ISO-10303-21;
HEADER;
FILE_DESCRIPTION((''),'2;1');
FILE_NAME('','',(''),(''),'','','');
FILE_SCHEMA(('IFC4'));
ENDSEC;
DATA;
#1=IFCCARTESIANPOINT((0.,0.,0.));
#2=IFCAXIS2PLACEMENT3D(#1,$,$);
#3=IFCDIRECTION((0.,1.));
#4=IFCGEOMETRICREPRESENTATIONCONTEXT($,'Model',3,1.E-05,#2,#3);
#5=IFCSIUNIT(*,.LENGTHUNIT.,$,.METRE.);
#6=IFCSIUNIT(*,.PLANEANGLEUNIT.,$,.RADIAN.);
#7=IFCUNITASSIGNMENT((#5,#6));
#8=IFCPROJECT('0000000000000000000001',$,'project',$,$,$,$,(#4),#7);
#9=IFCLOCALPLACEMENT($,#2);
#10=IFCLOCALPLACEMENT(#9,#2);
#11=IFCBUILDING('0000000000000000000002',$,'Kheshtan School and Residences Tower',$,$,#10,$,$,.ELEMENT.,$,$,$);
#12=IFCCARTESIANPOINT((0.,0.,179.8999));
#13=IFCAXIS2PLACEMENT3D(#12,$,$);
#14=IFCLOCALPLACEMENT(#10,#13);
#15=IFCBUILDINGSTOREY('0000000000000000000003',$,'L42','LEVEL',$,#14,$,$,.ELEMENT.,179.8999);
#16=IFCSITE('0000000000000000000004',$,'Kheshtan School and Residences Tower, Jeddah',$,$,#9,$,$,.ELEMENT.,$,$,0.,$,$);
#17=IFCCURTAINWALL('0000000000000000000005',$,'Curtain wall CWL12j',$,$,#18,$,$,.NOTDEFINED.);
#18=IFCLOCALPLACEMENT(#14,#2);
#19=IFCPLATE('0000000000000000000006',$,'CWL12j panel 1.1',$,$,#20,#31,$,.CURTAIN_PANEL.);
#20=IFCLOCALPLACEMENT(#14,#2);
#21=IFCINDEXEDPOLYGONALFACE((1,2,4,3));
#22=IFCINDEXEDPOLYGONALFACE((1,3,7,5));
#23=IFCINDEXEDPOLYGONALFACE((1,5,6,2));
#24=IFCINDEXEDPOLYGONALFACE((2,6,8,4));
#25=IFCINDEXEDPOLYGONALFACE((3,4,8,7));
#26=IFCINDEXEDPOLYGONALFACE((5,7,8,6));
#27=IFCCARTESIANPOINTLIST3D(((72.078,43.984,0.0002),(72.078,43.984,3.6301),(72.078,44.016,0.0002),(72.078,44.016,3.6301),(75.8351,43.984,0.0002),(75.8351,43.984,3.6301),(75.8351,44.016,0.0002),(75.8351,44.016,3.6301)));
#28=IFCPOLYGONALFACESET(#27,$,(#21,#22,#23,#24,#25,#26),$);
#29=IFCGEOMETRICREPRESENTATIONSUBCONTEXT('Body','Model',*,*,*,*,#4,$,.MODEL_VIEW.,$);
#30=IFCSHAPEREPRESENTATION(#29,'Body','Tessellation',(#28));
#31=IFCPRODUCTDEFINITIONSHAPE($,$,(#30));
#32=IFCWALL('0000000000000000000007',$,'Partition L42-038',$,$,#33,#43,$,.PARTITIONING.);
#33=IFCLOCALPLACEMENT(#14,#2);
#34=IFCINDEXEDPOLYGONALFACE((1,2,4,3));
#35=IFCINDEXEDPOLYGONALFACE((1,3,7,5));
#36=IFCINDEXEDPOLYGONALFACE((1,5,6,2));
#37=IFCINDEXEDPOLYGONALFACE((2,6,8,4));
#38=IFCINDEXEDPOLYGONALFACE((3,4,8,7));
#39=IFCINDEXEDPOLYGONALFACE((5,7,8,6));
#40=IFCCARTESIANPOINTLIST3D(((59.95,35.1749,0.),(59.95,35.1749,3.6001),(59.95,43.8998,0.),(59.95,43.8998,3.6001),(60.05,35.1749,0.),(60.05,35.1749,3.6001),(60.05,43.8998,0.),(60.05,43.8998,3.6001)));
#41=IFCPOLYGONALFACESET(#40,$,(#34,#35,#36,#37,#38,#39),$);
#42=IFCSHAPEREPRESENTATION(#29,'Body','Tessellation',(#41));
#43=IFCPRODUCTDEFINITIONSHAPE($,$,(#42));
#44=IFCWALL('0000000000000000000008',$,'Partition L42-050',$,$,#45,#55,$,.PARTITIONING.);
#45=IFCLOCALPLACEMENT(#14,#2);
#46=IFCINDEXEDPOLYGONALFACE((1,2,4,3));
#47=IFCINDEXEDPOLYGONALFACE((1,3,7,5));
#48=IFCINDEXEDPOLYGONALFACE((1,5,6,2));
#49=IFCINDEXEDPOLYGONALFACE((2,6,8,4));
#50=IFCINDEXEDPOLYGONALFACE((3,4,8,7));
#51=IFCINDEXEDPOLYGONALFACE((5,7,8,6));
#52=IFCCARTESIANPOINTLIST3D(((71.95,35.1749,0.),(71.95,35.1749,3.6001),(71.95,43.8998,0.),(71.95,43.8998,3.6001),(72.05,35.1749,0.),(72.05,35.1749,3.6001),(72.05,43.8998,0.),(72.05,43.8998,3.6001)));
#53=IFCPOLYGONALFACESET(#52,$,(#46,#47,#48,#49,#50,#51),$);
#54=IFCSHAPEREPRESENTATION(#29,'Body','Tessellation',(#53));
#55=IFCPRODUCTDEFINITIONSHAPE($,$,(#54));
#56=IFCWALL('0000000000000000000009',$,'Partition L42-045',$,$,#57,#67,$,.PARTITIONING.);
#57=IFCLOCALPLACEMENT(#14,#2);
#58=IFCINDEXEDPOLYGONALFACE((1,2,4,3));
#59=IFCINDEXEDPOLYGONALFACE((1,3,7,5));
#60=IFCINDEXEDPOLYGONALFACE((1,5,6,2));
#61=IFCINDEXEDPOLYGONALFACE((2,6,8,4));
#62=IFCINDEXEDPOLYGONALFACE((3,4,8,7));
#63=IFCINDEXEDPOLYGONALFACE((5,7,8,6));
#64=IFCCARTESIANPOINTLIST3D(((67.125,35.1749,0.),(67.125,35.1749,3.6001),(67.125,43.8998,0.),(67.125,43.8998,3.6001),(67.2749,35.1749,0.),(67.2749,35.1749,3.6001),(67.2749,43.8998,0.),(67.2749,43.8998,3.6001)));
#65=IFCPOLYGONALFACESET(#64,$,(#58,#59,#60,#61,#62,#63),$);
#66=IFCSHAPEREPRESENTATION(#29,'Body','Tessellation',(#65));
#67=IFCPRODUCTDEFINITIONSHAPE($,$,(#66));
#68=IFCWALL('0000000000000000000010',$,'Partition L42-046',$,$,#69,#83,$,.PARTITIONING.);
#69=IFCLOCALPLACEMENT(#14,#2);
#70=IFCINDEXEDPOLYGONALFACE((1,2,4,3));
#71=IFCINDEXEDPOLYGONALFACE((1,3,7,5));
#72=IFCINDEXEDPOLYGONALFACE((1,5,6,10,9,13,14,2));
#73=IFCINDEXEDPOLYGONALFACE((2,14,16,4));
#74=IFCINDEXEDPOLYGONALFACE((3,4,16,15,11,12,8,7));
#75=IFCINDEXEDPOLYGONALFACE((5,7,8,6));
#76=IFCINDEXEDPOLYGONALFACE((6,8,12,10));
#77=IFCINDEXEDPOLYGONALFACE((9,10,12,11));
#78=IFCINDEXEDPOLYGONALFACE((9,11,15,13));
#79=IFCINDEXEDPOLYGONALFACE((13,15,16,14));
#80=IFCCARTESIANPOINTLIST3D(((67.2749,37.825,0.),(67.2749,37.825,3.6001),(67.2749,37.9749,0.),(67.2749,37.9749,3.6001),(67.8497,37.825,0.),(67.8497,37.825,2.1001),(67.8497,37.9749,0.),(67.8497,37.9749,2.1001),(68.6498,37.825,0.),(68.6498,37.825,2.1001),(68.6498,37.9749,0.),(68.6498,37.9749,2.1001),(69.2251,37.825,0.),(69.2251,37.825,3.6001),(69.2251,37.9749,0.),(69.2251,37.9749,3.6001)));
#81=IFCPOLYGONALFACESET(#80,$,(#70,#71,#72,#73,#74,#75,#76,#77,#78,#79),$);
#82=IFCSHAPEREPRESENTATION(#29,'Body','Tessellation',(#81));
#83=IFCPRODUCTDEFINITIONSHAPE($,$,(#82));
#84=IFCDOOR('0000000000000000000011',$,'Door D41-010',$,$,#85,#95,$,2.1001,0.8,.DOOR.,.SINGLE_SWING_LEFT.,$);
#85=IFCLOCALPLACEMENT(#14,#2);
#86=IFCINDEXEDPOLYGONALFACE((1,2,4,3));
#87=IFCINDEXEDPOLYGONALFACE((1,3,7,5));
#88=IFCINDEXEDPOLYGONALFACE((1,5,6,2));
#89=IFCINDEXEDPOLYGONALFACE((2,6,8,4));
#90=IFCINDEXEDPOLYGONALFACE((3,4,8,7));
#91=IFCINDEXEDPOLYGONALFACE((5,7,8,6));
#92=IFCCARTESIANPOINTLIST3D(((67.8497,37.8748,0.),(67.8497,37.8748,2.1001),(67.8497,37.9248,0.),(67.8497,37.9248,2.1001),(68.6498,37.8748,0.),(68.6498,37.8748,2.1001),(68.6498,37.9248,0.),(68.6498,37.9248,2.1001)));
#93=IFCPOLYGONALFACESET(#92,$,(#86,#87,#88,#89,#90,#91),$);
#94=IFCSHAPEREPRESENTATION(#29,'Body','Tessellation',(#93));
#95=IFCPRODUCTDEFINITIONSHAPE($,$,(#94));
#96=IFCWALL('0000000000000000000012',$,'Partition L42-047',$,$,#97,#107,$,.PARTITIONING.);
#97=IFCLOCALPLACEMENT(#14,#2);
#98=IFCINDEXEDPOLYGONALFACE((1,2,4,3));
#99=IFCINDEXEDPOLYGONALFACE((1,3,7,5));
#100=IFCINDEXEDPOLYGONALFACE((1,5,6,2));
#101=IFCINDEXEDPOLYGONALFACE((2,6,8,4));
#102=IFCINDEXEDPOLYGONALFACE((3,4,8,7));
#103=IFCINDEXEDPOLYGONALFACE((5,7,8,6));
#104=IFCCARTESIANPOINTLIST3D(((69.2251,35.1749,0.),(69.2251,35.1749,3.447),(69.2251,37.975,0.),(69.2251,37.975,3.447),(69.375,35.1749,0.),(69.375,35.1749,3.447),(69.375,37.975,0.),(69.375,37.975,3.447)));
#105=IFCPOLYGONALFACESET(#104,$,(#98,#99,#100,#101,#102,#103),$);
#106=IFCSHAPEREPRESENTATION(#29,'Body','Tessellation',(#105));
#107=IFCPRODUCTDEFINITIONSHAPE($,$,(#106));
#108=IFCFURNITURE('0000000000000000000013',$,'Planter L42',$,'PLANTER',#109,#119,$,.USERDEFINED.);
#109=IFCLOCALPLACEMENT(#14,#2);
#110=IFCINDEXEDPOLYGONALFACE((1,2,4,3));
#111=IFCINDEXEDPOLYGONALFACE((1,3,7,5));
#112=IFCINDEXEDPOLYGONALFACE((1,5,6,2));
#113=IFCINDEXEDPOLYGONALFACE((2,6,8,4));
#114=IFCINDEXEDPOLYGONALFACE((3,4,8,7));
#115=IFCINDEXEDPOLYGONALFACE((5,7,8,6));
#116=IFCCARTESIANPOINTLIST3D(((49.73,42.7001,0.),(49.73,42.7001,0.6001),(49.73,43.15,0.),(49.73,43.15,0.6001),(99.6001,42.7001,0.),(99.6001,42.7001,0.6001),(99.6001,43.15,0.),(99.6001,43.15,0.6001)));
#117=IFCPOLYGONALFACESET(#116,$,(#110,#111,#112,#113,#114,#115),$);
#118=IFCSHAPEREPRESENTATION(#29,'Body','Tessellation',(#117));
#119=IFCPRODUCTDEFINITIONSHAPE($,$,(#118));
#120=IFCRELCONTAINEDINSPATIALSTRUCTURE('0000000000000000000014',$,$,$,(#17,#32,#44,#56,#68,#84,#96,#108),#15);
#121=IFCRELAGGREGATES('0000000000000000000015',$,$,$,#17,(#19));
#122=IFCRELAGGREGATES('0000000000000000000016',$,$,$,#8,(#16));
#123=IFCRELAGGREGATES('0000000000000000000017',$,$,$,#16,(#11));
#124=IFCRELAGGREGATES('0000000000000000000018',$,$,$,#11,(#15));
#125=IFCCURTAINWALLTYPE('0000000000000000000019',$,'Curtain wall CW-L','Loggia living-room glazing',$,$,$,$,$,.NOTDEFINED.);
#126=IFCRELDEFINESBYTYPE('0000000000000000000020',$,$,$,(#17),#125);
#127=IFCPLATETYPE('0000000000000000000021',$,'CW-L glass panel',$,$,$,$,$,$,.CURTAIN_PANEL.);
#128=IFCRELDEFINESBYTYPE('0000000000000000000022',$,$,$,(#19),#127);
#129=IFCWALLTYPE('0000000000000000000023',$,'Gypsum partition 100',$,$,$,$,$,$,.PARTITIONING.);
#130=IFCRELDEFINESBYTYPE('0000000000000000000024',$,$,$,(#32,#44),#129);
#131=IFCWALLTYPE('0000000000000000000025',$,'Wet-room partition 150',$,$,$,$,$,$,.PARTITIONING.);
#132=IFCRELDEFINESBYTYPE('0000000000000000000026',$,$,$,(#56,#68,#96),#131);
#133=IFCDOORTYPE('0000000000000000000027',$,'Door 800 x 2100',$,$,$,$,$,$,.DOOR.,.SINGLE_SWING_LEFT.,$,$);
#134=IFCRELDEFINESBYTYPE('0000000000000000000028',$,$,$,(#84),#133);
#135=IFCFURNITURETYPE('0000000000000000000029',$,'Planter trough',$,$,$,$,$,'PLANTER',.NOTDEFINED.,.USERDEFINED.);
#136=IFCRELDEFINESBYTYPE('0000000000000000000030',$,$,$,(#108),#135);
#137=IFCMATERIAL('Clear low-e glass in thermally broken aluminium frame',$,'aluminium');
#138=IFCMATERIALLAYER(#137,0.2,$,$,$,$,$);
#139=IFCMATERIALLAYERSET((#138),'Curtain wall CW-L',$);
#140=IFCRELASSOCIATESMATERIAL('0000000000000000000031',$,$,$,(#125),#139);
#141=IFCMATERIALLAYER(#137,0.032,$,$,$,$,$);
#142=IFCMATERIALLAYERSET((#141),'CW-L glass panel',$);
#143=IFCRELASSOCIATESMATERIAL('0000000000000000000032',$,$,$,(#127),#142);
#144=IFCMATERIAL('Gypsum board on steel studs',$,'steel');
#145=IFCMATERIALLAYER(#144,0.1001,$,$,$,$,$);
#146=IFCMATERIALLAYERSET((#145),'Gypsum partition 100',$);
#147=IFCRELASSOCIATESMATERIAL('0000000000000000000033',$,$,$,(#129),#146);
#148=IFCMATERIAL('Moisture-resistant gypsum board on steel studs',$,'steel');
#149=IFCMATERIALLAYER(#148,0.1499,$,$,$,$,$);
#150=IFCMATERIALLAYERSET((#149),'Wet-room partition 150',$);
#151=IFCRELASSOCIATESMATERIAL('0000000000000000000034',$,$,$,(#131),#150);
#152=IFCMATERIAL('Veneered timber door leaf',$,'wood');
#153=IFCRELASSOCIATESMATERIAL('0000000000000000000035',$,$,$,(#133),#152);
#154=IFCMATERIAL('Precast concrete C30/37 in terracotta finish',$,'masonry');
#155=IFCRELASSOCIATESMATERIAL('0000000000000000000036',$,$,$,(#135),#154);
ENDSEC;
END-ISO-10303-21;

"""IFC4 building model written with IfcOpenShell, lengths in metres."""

from ifc_helpers import new_model, si_unit, direction, frame, frame_2d, origin, origin_2d, place, context, subcontext, project, spatial, rectangle, extrude, source, transform, mapped, material, layer, layer_set, type_object, element, fill, aggregate, save


model = new_model("IFC4")

# Units and contexts
model_context = context("Model", 3, precision=1e-05, world=origin(), true_north=direction((0.0, 1.0)))
body_context = subcontext(model_context, "Body", "Model", "MODEL_VIEW")
ifc_project = project(units=[si_unit("LENGTHUNIT", "METRE"), si_unit("PLANEANGLEUNIT", "RADIAN")], contexts=[model_context])

# Site, building, storey
site_placement = place(None, origin())
site = spatial("IfcSite", under=ifc_project, at=site_placement, Name="Kheshtan School and Residences Tower, Jeddah", CompositionType="ELEMENT", RefElevation=0.0)
building_placement = place(site_placement, origin())
building = spatial("IfcBuilding", under=site, at=building_placement, Name="Kheshtan School and Residences Tower", CompositionType="ELEMENT")
storey_placement = place(building_placement, frame((0.0, 0.0, 179.8999)))
storey = spatial("IfcBuildingStorey", under=building, at=storey_placement, Name="L42", Description="LEVEL", CompositionType="ELEMENT", Elevation=179.8999)

# Shared definitions
ifc_material_1 = material(Name="Clear low-e glass in thermally broken aluminium frame", Category="aluminium")
ifc_layer_1 = layer(ifc_material_1, 0.2)
ifc_layer_set_1 = layer_set([ifc_layer_1], Name="Curtain wall CW-L")
curtain_wall_type = type_object("IfcCurtainWallType", Name="Curtain wall CW-L", Description="Loggia living-room glazing", PredefinedType="NOTDEFINED", material=ifc_layer_set_1)

# Curtain wall
curtain_wall_1_placement = place(storey_placement, origin())
curtain_wall_1 = element("IfcCurtainWall", 1, at=curtain_wall_1_placement, inside=storey, type_object=curtain_wall_type, Name="Curtain wall CWL12j", PredefinedType="NOTDEFINED")

# Plate
ifc_layer_2 = layer(ifc_material_1, 0.032)
ifc_layer_set_2 = layer_set([ifc_layer_2], Name="CW-L glass panel")
plate_type = type_object("IfcPlateType", Name="CW-L glass panel", PredefinedType="CURTAIN_PANEL", material=ifc_layer_set_2)
plate_1_placement = place(storey_placement, frame((73.9565, 44.0, 0.0002), z_axis=(0.0, 0.0, 1.0), x_axis=(1.0, 0.0, 0.0)))
plate_1 = element("IfcPlate", 2, at=plate_1_placement, type_object=plate_type, Name="CWL12j panel 1.1", PredefinedType="CURTAIN_PANEL", context=body_context, shape_type="SweptSolid", body=[
    extrude(rectangle(XDim=3.7571, YDim=0.032, at=origin_2d()), origin(), (0.0, 0.0, 1.0), 3.6299),
])
aggregate(curtain_wall_1, [plate_1])

# Walls
ifc_material_2 = material(Name="Gypsum board on steel studs", Category="steel")
ifc_layer_3 = layer(ifc_material_2, 0.1001)
ifc_layer_set_3 = layer_set([ifc_layer_3], Name="Gypsum partition 100")
wall_type_1 = type_object("IfcWallType", Name="Gypsum partition 100", PredefinedType="PARTITIONING", material=ifc_layer_set_3)
for number, where, z_axis, x_axis, name in (
    (3, (60.0, 35.175, 0.0), (0.0, 0.0, 1.0), (0.0, 1.0, 0.0), "Partition L42-038"),
    (4, (72.0, 35.175, 0.0), (0.0, 0.0, 1.0), (0.0, 1.0, 0.0), "Partition L42-050"),
):
    element("IfcWall", number, at=place(storey_placement, frame(where, z_axis=z_axis, x_axis=x_axis)), inside=storey, type_object=wall_type_1, Name=name, PredefinedType="PARTITIONING", context=body_context, shape_type="SweptSolid", body=[
        extrude(rectangle(XDim=8.7249, YDim=0.1001, at=frame_2d((4.3623, 0.0))), origin(), (0.0, 0.0, 1.0), 3.6001),
    ])
ifc_material_3 = material(Name="Moisture-resistant gypsum board on steel studs", Category="steel")
ifc_layer_4 = layer(ifc_material_3, 0.1499)
ifc_layer_set_4 = layer_set([ifc_layer_4], Name="Wet-room partition 150")
wall_type_2 = type_object("IfcWallType", Name="Wet-room partition 150", PredefinedType="PARTITIONING", material=ifc_layer_set_4)
wall_1_placement = place(storey_placement, frame((67.2, 35.175, 0.0), z_axis=(0.0, 0.0, 1.0), x_axis=(0.0, 1.0, 0.0)))
element("IfcWall", 5, at=wall_1_placement, inside=storey, type_object=wall_type_2, Name="Partition L42-045", PredefinedType="PARTITIONING", context=body_context, shape_type="SweptSolid", body=[
    extrude(rectangle(XDim=8.7249, YDim=0.1499, at=frame_2d((4.3623, 0.0))), origin(), (0.0, 0.0, 1.0), 3.6001),
])

# Wall, opening, door
wall_2_placement = place(storey_placement, frame((67.2749, 37.8999, 0.0), z_axis=(0.0, 0.0, 1.0), x_axis=(1.0, 0.0, 0.0)))
wall_2 = element("IfcWall", 6, at=wall_2_placement, inside=storey, type_object=wall_type_2, Name="Partition L42-046", PredefinedType="PARTITIONING", context=body_context, shape_type="SweptSolid", body=[
    extrude(rectangle(XDim=1.9502, YDim=0.1499, at=frame_2d((0.9751, 0.0))), origin(), (0.0, 0.0, 1.0), 3.6001),
])
opening_1_placement = place(wall_2_placement, frame((0.575, 0.0, 0.0)))
opening_1 = element("IfcOpeningElement", 7, at=opening_1_placement, cuts=wall_2, PredefinedType="OPENING", context=body_context, shape_type="SweptSolid", body=[
    extrude(rectangle(XDim=0.8, YDim=2.1001, at=frame_2d((0.3999, 1.05))), frame((0.0, 0.085, 0.0), z_axis=(0.0, -1.0, 0.0), x_axis=(1.0, 0.0, 0.0)), (0.0, 0.0, 1.0), 0.1699),
])
ifc_material_4 = material(Name="Veneered timber door leaf", Category="wood")
door_type_1 = type_object("IfcDoorType", Name="Door 800 x 2100", OperationType="SINGLE_SWING_LEFT", PredefinedType="DOOR", material=ifc_material_4)
shared_shape_1 = source(origin(), body_context, "Body", "SweptSolid", [
    extrude(rectangle(XDim=0.8, YDim=2.1001, at=frame_2d((0.3999, 1.05))), frame((0.0, 0.0249, 0.0), z_axis=(0.0, -1.0, 0.0), x_axis=(1.0, 0.0, 0.0)), (0.0, 0.0, 1.0), 0.05),
])
door_1_placement = place(opening_1_placement, origin())
door_1 = element("IfcDoor", 8, at=door_1_placement, inside=storey, type_object=door_type_1, Name="Door D41-010", OperationType="SINGLE_SWING_LEFT", OverallHeight=2.1001, OverallWidth=0.8, PredefinedType="DOOR", context=body_context, shape_type="MappedRepresentation", body=[
    mapped(shared_shape_1, transform((0.0, 0.0, 0.0), x_axis=(1.0, 0.0, 0.0), y_axis=(0.0, 1.0, 0.0), z_axis=(0.0, 0.0, 1.0), scale=1.0)),
])
fill(opening_1, door_1)

# Wall
wall_3_placement = place(storey_placement, frame((69.3, 35.175, 0.0), z_axis=(0.0, 0.0, 1.0), x_axis=(0.0, 1.0, 0.0)))
element("IfcWall", 9, at=wall_3_placement, inside=storey, type_object=wall_type_2, Name="Partition L42-047", PredefinedType="PARTITIONING", context=body_context, shape_type="SweptSolid", body=[
    extrude(rectangle(XDim=2.8, YDim=0.1499, at=frame_2d((1.3999, 0.0))), origin(), (0.0, 0.0, 1.0), 3.447),
])

# Furniture
ifc_material_5 = material(Name="Precast concrete C30/37 in terracotta finish", Category="masonry")
furniture_type = type_object("IfcFurnitureType", Name="Planter trough", ElementType="PLANTER", AssemblyPlace="NOTDEFINED", PredefinedType="USERDEFINED", material=ifc_material_5)
furniture_placement = place(storey_placement, frame((74.665, 42.925, 0.0), z_axis=(0.0, 0.0, 1.0), x_axis=(1.0, 0.0, 0.0)))
element("IfcFurniture", 10, at=furniture_placement, inside=storey, type_object=furniture_type, Name="Planter L42", ObjectType="PLANTER", PredefinedType="USERDEFINED", context=body_context, shape_type="SweptSolid", body=[
    extrude(rectangle(XDim=49.8701, YDim=0.45, at=origin_2d()), origin(), (0.0, 0.0, 1.0), 0.6001),
])

save(model, "model.ifc")
